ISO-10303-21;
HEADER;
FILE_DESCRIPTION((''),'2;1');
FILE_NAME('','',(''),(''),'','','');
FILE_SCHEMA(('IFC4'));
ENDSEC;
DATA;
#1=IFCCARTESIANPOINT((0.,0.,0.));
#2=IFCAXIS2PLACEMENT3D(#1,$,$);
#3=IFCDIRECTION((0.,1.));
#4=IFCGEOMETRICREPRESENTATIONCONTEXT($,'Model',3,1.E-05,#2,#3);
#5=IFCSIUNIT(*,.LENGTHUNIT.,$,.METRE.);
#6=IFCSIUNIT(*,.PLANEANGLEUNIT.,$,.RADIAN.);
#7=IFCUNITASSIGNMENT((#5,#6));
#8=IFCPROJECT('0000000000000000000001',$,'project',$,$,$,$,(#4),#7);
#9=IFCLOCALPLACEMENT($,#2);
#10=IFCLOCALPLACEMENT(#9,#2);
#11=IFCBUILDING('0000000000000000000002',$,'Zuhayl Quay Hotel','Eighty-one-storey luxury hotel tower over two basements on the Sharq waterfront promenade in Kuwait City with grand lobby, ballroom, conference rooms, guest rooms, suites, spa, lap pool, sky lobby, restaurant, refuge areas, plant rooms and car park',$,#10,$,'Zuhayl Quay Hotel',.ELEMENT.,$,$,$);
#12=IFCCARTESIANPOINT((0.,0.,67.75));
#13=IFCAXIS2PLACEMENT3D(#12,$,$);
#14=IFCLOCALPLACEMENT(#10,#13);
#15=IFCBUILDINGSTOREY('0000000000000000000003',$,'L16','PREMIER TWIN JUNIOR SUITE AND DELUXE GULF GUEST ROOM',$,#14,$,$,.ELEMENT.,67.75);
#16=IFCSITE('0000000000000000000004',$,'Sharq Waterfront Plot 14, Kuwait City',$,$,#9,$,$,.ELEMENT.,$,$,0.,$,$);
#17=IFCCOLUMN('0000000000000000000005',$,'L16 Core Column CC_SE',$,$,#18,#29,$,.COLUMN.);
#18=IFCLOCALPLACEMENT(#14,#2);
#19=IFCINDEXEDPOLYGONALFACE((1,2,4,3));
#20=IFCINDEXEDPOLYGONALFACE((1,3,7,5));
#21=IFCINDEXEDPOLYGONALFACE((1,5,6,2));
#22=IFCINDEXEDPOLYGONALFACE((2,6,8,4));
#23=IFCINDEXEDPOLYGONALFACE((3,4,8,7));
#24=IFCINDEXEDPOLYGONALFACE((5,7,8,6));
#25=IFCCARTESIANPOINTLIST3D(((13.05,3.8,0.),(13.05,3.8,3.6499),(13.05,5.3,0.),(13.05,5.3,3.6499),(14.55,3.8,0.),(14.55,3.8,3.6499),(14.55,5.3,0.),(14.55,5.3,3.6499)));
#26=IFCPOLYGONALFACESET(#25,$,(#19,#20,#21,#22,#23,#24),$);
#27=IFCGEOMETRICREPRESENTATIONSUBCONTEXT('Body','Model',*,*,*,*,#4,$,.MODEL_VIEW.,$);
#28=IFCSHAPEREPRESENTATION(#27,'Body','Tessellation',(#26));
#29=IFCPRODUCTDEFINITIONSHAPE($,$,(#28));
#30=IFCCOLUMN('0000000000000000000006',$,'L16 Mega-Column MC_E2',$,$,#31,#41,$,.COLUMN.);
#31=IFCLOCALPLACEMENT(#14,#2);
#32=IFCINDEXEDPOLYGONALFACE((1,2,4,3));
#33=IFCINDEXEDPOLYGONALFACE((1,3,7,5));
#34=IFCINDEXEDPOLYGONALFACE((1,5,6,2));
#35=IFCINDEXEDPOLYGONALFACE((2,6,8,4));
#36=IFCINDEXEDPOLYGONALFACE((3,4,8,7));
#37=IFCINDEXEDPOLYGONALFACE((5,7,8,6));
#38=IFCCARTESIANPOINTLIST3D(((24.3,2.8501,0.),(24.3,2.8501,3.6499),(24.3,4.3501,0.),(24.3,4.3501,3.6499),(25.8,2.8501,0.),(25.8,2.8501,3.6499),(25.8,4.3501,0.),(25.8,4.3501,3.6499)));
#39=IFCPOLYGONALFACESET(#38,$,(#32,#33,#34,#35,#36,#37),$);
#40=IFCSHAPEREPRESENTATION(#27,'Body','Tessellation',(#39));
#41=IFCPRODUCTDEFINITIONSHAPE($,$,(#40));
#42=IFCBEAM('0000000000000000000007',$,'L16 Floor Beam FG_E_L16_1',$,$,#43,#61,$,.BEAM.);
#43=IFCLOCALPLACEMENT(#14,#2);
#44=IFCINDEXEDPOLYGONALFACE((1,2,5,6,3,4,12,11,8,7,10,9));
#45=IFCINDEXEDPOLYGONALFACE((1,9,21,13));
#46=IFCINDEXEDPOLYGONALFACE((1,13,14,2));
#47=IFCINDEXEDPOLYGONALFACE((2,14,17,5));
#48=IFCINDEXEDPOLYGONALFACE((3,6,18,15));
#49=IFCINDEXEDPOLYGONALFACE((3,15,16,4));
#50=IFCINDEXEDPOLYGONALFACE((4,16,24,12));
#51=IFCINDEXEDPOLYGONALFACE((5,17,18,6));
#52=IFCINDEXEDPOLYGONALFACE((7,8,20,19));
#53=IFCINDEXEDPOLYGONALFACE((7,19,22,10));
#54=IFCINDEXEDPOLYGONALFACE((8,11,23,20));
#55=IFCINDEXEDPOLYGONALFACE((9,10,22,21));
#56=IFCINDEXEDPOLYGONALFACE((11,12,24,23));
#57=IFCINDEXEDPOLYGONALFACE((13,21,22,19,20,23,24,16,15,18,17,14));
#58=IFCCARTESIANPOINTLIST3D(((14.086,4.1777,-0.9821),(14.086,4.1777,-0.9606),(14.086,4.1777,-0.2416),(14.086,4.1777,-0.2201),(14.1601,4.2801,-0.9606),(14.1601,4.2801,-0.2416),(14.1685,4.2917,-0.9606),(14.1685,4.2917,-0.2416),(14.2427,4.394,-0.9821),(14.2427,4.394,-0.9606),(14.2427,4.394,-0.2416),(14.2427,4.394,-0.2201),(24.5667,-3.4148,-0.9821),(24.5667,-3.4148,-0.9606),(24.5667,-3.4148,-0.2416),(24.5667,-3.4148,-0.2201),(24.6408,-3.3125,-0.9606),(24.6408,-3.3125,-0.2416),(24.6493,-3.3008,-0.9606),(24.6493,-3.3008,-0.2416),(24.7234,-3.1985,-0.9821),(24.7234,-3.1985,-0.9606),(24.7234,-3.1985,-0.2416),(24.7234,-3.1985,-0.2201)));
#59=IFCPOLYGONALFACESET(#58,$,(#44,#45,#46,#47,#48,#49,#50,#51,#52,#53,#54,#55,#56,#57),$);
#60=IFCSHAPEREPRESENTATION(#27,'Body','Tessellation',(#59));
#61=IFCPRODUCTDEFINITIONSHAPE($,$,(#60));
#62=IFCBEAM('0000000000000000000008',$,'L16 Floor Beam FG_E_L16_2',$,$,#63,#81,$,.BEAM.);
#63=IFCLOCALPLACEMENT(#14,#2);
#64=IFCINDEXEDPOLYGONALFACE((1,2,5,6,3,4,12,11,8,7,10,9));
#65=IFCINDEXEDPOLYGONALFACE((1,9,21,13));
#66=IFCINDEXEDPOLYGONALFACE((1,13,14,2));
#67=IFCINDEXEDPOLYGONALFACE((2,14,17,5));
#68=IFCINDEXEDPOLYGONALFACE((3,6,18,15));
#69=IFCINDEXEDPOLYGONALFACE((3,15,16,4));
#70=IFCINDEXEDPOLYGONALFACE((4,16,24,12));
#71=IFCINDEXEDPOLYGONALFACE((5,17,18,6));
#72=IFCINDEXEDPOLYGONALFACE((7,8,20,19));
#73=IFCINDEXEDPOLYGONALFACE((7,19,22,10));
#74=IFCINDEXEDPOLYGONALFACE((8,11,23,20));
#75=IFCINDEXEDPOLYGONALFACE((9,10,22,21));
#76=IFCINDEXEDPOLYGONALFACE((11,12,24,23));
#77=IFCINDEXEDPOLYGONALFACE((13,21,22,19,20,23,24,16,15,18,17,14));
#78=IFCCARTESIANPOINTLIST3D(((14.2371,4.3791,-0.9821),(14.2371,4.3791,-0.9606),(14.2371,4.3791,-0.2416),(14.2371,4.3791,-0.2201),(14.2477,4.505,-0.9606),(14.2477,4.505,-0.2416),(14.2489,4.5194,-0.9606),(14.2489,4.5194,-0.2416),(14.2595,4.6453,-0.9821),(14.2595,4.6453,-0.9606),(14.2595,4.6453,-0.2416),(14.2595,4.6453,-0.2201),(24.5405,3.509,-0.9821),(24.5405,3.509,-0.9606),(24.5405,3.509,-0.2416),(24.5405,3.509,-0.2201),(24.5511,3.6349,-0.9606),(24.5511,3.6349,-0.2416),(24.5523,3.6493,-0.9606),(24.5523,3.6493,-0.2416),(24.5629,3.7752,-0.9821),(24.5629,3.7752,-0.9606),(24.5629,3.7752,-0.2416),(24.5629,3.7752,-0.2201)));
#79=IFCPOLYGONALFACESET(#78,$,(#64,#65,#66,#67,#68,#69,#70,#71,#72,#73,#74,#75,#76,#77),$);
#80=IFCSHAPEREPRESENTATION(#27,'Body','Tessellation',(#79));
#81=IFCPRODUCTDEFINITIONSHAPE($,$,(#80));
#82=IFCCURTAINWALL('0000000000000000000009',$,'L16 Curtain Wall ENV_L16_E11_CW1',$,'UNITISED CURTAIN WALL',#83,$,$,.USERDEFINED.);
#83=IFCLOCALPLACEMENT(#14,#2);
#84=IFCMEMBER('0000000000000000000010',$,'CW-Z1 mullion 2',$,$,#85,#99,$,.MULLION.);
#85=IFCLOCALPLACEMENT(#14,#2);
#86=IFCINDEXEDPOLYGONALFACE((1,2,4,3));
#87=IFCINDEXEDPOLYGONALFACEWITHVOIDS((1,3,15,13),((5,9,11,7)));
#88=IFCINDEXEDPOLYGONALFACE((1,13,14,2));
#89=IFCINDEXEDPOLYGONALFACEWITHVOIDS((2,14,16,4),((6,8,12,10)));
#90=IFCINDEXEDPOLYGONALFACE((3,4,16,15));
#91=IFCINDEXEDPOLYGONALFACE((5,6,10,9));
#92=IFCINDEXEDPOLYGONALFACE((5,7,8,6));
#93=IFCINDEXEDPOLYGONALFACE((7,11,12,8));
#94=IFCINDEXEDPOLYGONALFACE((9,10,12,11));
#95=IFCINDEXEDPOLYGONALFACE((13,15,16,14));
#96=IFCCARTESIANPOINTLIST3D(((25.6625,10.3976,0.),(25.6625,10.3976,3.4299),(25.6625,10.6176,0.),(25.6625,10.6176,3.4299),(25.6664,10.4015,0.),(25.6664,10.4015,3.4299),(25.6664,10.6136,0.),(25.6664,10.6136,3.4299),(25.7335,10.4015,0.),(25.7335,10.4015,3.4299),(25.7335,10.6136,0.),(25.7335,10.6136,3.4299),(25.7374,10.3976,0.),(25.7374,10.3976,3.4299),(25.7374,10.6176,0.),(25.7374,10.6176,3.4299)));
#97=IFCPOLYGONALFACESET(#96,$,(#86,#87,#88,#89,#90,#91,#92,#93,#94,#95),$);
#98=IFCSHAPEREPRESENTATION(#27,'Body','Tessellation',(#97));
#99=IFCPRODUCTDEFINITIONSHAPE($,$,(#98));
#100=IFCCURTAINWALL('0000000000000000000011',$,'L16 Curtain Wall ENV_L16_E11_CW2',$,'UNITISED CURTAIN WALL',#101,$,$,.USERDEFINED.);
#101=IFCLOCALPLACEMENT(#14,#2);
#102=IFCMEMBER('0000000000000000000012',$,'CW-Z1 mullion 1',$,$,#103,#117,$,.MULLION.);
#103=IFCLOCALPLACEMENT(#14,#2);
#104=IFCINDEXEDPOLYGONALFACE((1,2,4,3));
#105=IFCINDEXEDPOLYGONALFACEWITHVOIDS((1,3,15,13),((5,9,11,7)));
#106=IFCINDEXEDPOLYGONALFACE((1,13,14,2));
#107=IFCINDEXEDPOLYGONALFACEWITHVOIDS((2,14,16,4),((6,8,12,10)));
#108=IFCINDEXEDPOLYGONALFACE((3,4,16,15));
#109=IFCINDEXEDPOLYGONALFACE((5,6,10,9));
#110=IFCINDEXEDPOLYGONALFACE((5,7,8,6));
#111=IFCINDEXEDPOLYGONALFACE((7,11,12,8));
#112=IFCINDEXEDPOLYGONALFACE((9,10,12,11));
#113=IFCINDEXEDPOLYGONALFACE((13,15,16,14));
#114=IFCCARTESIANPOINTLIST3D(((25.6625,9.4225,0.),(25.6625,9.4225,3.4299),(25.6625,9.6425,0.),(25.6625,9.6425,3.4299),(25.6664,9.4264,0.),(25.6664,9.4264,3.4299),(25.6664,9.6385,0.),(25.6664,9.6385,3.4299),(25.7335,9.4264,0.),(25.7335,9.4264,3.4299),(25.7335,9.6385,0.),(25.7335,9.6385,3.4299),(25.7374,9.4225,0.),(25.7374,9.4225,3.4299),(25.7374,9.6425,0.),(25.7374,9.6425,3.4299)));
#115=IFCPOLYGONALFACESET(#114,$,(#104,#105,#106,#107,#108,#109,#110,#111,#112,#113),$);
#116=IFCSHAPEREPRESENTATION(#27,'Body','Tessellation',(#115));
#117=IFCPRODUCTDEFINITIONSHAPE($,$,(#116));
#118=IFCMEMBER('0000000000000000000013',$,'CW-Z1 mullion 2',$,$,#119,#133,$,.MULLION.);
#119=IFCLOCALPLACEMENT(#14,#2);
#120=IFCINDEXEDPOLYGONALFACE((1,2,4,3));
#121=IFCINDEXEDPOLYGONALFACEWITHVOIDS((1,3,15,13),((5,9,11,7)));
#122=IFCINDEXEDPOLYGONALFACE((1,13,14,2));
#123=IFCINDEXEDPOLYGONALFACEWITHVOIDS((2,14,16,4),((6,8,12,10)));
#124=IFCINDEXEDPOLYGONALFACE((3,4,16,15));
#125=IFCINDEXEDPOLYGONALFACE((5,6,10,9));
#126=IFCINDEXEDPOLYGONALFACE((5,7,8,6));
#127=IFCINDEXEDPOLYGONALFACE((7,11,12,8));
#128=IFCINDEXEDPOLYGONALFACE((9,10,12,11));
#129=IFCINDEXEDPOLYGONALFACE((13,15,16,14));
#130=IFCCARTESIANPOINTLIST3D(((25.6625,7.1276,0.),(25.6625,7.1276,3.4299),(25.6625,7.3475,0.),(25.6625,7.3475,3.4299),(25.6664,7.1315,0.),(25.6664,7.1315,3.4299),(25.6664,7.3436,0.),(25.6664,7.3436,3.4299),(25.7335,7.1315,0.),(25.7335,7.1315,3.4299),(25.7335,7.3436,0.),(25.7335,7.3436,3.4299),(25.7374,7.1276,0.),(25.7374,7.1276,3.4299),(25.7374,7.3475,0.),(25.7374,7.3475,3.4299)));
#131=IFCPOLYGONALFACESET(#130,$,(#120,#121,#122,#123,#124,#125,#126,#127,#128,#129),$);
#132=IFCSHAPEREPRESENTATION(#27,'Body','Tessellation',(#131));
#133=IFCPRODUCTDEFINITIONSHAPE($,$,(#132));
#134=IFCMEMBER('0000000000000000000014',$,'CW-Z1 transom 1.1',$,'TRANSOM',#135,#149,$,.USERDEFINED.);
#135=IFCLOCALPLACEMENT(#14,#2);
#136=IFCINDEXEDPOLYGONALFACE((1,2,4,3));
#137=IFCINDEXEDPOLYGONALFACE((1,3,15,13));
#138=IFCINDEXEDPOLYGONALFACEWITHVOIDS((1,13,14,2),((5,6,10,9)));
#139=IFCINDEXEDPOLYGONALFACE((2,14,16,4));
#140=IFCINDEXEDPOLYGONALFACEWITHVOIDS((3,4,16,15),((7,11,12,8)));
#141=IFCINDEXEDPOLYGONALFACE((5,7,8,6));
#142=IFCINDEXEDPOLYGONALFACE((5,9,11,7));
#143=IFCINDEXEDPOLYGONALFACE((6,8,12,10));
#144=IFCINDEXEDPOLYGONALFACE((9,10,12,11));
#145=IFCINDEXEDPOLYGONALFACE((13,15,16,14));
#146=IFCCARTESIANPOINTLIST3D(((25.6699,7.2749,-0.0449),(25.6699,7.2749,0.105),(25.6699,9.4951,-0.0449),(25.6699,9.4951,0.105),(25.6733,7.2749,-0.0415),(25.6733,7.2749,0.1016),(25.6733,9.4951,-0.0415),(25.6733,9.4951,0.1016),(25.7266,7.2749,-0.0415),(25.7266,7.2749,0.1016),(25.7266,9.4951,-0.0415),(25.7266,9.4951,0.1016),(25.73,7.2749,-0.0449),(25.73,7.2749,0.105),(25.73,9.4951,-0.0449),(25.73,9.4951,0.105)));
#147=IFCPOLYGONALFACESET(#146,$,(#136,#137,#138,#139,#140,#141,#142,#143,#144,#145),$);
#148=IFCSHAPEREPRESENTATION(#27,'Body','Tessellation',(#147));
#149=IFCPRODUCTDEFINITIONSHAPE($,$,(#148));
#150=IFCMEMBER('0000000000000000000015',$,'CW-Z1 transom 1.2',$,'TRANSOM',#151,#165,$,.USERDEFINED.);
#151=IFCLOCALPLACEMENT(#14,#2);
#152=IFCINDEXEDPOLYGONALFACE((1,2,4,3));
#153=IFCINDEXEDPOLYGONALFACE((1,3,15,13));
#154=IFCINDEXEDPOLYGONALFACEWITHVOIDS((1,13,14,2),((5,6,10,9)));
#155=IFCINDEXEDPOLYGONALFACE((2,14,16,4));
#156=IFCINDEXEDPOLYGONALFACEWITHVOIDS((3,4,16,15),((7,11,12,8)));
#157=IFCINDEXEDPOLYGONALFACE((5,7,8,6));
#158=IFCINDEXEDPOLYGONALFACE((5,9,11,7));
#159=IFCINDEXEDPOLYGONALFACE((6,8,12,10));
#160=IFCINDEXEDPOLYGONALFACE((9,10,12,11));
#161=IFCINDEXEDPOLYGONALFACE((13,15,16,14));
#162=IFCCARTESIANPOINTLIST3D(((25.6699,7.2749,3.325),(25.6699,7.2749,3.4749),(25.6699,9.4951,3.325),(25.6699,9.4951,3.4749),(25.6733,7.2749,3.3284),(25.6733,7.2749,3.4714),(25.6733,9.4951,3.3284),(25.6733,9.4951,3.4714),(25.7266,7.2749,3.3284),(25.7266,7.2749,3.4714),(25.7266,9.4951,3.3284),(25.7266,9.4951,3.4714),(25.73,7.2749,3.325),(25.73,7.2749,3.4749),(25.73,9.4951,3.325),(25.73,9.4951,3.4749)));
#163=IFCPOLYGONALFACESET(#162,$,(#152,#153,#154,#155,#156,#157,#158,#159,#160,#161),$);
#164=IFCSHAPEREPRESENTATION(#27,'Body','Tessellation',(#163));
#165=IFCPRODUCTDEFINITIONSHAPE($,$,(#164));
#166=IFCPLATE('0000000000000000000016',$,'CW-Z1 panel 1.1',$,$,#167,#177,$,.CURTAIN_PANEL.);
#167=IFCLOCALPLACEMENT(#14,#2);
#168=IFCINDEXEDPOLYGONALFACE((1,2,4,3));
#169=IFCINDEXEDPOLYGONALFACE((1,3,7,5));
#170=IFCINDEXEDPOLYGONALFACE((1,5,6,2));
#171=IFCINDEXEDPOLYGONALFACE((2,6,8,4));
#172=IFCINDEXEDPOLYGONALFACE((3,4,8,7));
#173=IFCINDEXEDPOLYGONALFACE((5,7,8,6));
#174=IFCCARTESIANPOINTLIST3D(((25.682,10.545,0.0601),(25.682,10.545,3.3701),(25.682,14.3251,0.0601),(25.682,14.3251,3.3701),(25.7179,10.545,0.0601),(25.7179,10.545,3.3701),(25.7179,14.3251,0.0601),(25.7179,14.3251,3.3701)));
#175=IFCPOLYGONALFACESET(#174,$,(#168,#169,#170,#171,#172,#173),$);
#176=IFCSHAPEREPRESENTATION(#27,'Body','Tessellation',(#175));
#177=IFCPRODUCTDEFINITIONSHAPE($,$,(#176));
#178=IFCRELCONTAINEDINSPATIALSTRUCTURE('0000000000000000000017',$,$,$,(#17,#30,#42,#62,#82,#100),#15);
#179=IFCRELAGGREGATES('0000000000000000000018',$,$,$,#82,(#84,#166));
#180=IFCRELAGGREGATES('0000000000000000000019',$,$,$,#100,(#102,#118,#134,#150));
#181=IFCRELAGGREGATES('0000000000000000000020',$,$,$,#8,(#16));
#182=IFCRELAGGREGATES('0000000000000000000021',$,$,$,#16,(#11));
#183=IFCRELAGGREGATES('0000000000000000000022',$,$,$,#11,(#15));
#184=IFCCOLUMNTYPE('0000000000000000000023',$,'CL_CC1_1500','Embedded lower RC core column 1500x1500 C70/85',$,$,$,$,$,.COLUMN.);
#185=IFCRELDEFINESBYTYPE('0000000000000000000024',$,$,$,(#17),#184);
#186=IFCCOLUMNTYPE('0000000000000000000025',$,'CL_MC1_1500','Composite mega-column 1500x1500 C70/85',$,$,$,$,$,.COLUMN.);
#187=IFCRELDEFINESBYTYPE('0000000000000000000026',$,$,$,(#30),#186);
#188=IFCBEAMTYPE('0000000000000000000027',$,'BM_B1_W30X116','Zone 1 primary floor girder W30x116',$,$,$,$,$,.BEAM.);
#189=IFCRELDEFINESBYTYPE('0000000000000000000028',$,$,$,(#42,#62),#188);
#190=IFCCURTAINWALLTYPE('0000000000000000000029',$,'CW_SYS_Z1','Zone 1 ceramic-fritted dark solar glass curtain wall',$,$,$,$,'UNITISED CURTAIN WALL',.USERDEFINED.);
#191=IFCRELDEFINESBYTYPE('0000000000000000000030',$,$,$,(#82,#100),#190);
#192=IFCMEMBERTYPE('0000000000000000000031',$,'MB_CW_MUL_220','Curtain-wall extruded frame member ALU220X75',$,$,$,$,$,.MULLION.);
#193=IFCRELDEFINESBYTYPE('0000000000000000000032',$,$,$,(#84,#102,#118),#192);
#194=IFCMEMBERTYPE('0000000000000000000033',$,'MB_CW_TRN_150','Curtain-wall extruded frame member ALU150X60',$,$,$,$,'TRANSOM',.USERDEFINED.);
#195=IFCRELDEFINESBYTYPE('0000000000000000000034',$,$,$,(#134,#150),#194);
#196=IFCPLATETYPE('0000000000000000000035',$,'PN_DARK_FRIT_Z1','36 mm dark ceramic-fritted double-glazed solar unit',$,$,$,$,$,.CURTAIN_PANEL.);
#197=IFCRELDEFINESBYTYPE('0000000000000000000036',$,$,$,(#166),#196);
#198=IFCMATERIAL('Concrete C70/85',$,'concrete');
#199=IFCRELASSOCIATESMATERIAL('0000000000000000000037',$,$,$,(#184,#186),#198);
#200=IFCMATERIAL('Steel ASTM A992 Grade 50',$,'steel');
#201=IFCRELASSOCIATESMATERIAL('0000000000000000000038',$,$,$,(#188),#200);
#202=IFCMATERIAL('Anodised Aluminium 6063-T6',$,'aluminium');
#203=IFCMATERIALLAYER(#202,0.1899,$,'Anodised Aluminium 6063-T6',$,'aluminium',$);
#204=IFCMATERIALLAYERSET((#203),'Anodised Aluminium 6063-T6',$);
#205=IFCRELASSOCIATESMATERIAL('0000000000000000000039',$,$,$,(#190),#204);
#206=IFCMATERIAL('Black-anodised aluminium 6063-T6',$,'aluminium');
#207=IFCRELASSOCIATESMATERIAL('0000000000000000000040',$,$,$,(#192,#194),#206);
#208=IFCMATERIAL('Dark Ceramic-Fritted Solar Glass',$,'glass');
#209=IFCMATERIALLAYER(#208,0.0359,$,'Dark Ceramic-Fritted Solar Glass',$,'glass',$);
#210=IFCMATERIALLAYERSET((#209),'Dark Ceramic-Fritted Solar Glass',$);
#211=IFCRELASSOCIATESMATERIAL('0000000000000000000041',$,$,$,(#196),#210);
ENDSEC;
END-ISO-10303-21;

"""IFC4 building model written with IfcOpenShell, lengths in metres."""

from ifc_helpers import new_model, si_unit, direction, frame, origin, origin_2d, place, context, subcontext, project, spatial, rectangle, hollow_rectangle, i_section, extrude, material, layer, layer_set, material_profile, profile_set, type_object, element, aggregate, save


model = new_model("IFC4")

# Units and contexts
model_context = context("Model", 3, precision=1e-05, world=origin(), true_north=direction((0.0, 1.0)))
body_context = subcontext(model_context, "Body", "Model", "MODEL_VIEW")
ifc_project = project(units=[si_unit("LENGTHUNIT", "METRE"), si_unit("PLANEANGLEUNIT", "RADIAN")], contexts=[model_context])

# Site, building, storey
site_placement = place(None, origin())
site = spatial("IfcSite", under=ifc_project, at=site_placement, Name="Sharq Waterfront Plot 14, Kuwait City", CompositionType="ELEMENT", RefElevation=0.0)
building_placement = place(site_placement, origin())
building = spatial("IfcBuilding", under=site, at=building_placement, Name="Zuhayl Quay Hotel", Description="Eighty-one-storey luxury hotel tower over two basements on the Sharq waterfront promenade in Kuwait City with grand lobby, ballroom, conference rooms, guest rooms, suites, spa, lap pool, sky lobby, restaurant, refuge areas, plant rooms and car park", LongName="Zuhayl Quay Hotel", CompositionType="ELEMENT")
storey_placement = place(building_placement, frame((0.0, 0.0, 67.75)))
storey = spatial("IfcBuildingStorey", under=building, at=storey_placement, Name="L16", Description="PREMIER TWIN JUNIOR SUITE AND DELUXE GULF GUEST ROOM", CompositionType="ELEMENT", Elevation=67.75)

# Columns
ifc_material_1 = material(Name="Concrete C70/85", Category="concrete")
ifc_material_profile_1 = material_profile(ifc_material_1, rectangle(XDim=1.5, YDim=1.5, at=origin_2d()), Name="RC1500X1500")
ifc_profile_set_1 = profile_set([ifc_material_profile_1], Name="Concrete C70/85")
column_type_1 = type_object("IfcColumnType", Name="CL_CC1_1500", Description="Embedded lower RC core column 1500x1500 C70/85", PredefinedType="COLUMN", material=ifc_profile_set_1)
column_1_placement = place(storey_placement, frame((13.8, 4.55, 0.0), z_axis=(0.0, 0.0, 1.0), x_axis=(1.0, 0.0, 0.0)))
element("IfcColumn", 1, at=column_1_placement, inside=storey, type_object=column_type_1, Name="L16 Core Column CC_SE", PredefinedType="COLUMN", context=body_context, shape_type="SweptSolid", body=[
    extrude(rectangle(XDim=1.5, YDim=1.5, at=origin_2d()), origin(), (0.0, 0.0, 1.0), 3.6499),
])
ifc_material_profile_2 = material_profile(ifc_material_1, rectangle(XDim=1.5, YDim=1.5, at=origin_2d()), Name="RC1500X1500")
ifc_profile_set_2 = profile_set([ifc_material_profile_2], Name="Concrete C70/85")
column_type_2 = type_object("IfcColumnType", Name="CL_MC1_1500", Description="Composite mega-column 1500x1500 C70/85", PredefinedType="COLUMN", material=ifc_profile_set_2)
column_2_placement = place(storey_placement, frame((25.05, 3.6001, 0.0), z_axis=(0.0, 0.0, 1.0), x_axis=(1.0, 0.0, 0.0)))
element("IfcColumn", 2, at=column_2_placement, inside=storey, type_object=column_type_2, Name="L16 Mega-Column MC_E2", PredefinedType="COLUMN", context=body_context, shape_type="SweptSolid", body=[
    extrude(rectangle(XDim=1.5, YDim=1.5, at=origin_2d()), origin(), (0.0, 0.0, 1.0), 3.6499),
])

# Beams
ifc_material_2 = material(Name="Steel ASTM A992 Grade 50", Category="steel")
ifc_material_profile_3 = material_profile(ifc_material_2, i_section(OverallWidth=0.2671, OverallDepth=0.762, WebThickness=0.0144, FlangeThickness=0.0215, at=origin_2d()), Name="W30X116")
ifc_profile_set_3 = profile_set([ifc_material_profile_3], Name="Steel ASTM A992 Grade 50")
beam_type = type_object("IfcBeamType", Name="BM_B1_W30X116", Description="Zone 1 primary floor girder W30x116", PredefinedType="BEAM", material=ifc_profile_set_3)
beam_1_placement = place(storey_placement, frame((14.1643, 4.2859, -0.6011), z_axis=(0.80983, -0.586664, 0.0), x_axis=(0.586664, 0.80983, 0.0)))
element("IfcBeam", 3, at=beam_1_placement, inside=storey, type_object=beam_type, Name="L16 Floor Beam FG_E_L16_1", PredefinedType="BEAM", context=body_context, shape_type="SweptSolid", body=[
    extrude(i_section(OverallWidth=0.2671, OverallDepth=0.762, WebThickness=0.0144, FlangeThickness=0.0215, at=origin_2d()), origin(), (0.0, 0.0, 1.0), 12.9419),
])
beam_2_placement = place(storey_placement, frame((14.2483, 4.5122, -0.6011), z_axis=(0.996453, -0.084149, 0.0), x_axis=(0.084149, 0.996453, 0.0)))
element("IfcBeam", 4, at=beam_2_placement, inside=storey, type_object=beam_type, Name="L16 Floor Beam FG_E_L16_2", PredefinedType="BEAM", context=body_context, shape_type="SweptSolid", body=[
    extrude(i_section(OverallWidth=0.2671, OverallDepth=0.762, WebThickness=0.0144, FlangeThickness=0.0215, at=origin_2d()), origin(), (0.0, 0.0, 1.0), 10.3401),
])

# Curtain wall, member
ifc_material_3 = material(Name="Anodised Aluminium 6063-T6", Category="aluminium")
ifc_layer_1 = layer(ifc_material_3, 0.1899, Name="Anodised Aluminium 6063-T6", Category="aluminium")
ifc_layer_set_1 = layer_set([ifc_layer_1], Name="Anodised Aluminium 6063-T6")
curtain_wall_type = type_object("IfcCurtainWallType", Name="CW_SYS_Z1", Description="Zone 1 ceramic-fritted dark solar glass curtain wall", ElementType="UNITISED CURTAIN WALL", PredefinedType="USERDEFINED", material=ifc_layer_set_1)
curtain_wall_1_placement = place(storey_placement, origin())
curtain_wall_1 = element("IfcCurtainWall", 5, at=curtain_wall_1_placement, inside=storey, type_object=curtain_wall_type, Name="L16 Curtain Wall ENV_L16_E11_CW1", ObjectType="UNITISED CURTAIN WALL", PredefinedType="USERDEFINED")
ifc_material_4 = material(Name="Black-anodised aluminium 6063-T6", Category="aluminium")
ifc_material_profile_4 = material_profile(ifc_material_4, hollow_rectangle(XDim=0.075, YDim=0.22, WallThickness=0.0039, at=origin_2d()), Name="ALU220X75")
ifc_profile_set_4 = profile_set([ifc_material_profile_4], Name="Black-anodised aluminium 6063-T6")
member_type_1 = type_object("IfcMemberType", Name="MB_CW_MUL_220", Description="Curtain-wall extruded frame member ALU220X75", PredefinedType="MULLION", material=ifc_profile_set_4)
member_1_placement = place(storey_placement, frame((25.7, 10.5076, 0.0), z_axis=(0.0, 0.0, 1.0), x_axis=(1.0, 0.0, 0.0)))
member_1 = element("IfcMember", 6, at=member_1_placement, type_object=member_type_1, Name="CW-Z1 mullion 2", PredefinedType="MULLION", context=body_context, shape_type="SweptSolid", body=[
    extrude(hollow_rectangle(XDim=0.075, YDim=0.22, WallThickness=0.0039, at=origin_2d()), origin(), (0.0, 0.0, 1.0), 3.4299),
])

# Curtain wall, members
curtain_wall_2_placement = place(storey_placement, origin())
curtain_wall_2 = element("IfcCurtainWall", 7, at=curtain_wall_2_placement, inside=storey, type_object=curtain_wall_type, Name="L16 Curtain Wall ENV_L16_E11_CW2", ObjectType="UNITISED CURTAIN WALL", PredefinedType="USERDEFINED")
member_2_placement = place(storey_placement, frame((25.7, 9.5325, 0.0), z_axis=(0.0, 0.0, 1.0), x_axis=(1.0, 0.0, 0.0)))
member_2 = element("IfcMember", 8, at=member_2_placement, type_object=member_type_1, Name="CW-Z1 mullion 1", PredefinedType="MULLION", context=body_context, shape_type="SweptSolid", body=[
    extrude(hollow_rectangle(XDim=0.075, YDim=0.22, WallThickness=0.0039, at=origin_2d()), origin(), (0.0, 0.0, 1.0), 3.4299),
])
member_3_placement = place(storey_placement, frame((25.7, 7.2375, 0.0), z_axis=(0.0, 0.0, 1.0), x_axis=(1.0, 0.0, 0.0)))
member_3 = element("IfcMember", 9, at=member_3_placement, type_object=member_type_1, Name="CW-Z1 mullion 2", PredefinedType="MULLION", context=body_context, shape_type="SweptSolid", body=[
    extrude(hollow_rectangle(XDim=0.075, YDim=0.22, WallThickness=0.0039, at=origin_2d()), origin(), (0.0, 0.0, 1.0), 3.4299),
])
ifc_material_profile_5 = material_profile(ifc_material_4, hollow_rectangle(XDim=0.0601, YDim=0.1499, WallThickness=0.0034, at=origin_2d()), Name="ALU150X60")
ifc_profile_set_5 = profile_set([ifc_material_profile_5], Name="Black-anodised aluminium 6063-T6")
member_type_2 = type_object("IfcMemberType", Name="MB_CW_TRN_150", Description="Curtain-wall extruded frame member ALU150X60", ElementType="TRANSOM", PredefinedType="USERDEFINED", material=ifc_profile_set_5)
member_4_placement = place(storey_placement, frame((25.7, 9.4951, 0.03), z_axis=(0.0, -1.0, 0.0), x_axis=(1.0, 0.0, 0.0)))
member_4 = element("IfcMember", 10, at=member_4_placement, type_object=member_type_2, Name="CW-Z1 transom 1.1", ObjectType="TRANSOM", PredefinedType="USERDEFINED", context=body_context, shape_type="SweptSolid", body=[
    extrude(hollow_rectangle(XDim=0.0601, YDim=0.1499, WallThickness=0.0034, at=origin_2d()), origin(), (0.0, 0.0, 1.0), 2.2202),
])
member_5_placement = place(storey_placement, frame((25.7, 9.4951, 3.3999), z_axis=(0.0, -1.0, 0.0), x_axis=(1.0, 0.0, 0.0)))
member_5 = element("IfcMember", 11, at=member_5_placement, type_object=member_type_2, Name="CW-Z1 transom 1.2", ObjectType="TRANSOM", PredefinedType="USERDEFINED", context=body_context, shape_type="SweptSolid", body=[
    extrude(hollow_rectangle(XDim=0.0601, YDim=0.1499, WallThickness=0.0034, at=origin_2d()), origin(), (0.0, 0.0, 1.0), 2.2202),
])

# Plate
ifc_material_5 = material(Name="Dark Ceramic-Fritted Solar Glass", Category="glass")
ifc_layer_2 = layer(ifc_material_5, 0.0359, Name="Dark Ceramic-Fritted Solar Glass", Category="glass")
ifc_layer_set_2 = layer_set([ifc_layer_2], Name="Dark Ceramic-Fritted Solar Glass")
plate_type = type_object("IfcPlateType", Name="PN_DARK_FRIT_Z1", Description="36 mm dark ceramic-fritted double-glazed solar unit", PredefinedType="CURTAIN_PANEL", material=ifc_layer_set_2)
plate_1_placement = place(storey_placement, frame((25.7, 12.4351, 0.0601), z_axis=(0.0, 0.0, 1.0), x_axis=(0.0, -1.0, 0.0)))
plate_1 = element("IfcPlate", 12, at=plate_1_placement, type_object=plate_type, Name="CW-Z1 panel 1.1", PredefinedType="CURTAIN_PANEL", context=body_context, shape_type="SweptSolid", body=[
    extrude(rectangle(XDim=3.78, YDim=0.0359, at=origin_2d()), origin(), (0.0, 0.0, 1.0), 3.3101),
])
aggregate(curtain_wall_1, [member_1, plate_1])
aggregate(curtain_wall_2, [member_2, member_3, member_4, member_5])

save(model, "model.ifc")
